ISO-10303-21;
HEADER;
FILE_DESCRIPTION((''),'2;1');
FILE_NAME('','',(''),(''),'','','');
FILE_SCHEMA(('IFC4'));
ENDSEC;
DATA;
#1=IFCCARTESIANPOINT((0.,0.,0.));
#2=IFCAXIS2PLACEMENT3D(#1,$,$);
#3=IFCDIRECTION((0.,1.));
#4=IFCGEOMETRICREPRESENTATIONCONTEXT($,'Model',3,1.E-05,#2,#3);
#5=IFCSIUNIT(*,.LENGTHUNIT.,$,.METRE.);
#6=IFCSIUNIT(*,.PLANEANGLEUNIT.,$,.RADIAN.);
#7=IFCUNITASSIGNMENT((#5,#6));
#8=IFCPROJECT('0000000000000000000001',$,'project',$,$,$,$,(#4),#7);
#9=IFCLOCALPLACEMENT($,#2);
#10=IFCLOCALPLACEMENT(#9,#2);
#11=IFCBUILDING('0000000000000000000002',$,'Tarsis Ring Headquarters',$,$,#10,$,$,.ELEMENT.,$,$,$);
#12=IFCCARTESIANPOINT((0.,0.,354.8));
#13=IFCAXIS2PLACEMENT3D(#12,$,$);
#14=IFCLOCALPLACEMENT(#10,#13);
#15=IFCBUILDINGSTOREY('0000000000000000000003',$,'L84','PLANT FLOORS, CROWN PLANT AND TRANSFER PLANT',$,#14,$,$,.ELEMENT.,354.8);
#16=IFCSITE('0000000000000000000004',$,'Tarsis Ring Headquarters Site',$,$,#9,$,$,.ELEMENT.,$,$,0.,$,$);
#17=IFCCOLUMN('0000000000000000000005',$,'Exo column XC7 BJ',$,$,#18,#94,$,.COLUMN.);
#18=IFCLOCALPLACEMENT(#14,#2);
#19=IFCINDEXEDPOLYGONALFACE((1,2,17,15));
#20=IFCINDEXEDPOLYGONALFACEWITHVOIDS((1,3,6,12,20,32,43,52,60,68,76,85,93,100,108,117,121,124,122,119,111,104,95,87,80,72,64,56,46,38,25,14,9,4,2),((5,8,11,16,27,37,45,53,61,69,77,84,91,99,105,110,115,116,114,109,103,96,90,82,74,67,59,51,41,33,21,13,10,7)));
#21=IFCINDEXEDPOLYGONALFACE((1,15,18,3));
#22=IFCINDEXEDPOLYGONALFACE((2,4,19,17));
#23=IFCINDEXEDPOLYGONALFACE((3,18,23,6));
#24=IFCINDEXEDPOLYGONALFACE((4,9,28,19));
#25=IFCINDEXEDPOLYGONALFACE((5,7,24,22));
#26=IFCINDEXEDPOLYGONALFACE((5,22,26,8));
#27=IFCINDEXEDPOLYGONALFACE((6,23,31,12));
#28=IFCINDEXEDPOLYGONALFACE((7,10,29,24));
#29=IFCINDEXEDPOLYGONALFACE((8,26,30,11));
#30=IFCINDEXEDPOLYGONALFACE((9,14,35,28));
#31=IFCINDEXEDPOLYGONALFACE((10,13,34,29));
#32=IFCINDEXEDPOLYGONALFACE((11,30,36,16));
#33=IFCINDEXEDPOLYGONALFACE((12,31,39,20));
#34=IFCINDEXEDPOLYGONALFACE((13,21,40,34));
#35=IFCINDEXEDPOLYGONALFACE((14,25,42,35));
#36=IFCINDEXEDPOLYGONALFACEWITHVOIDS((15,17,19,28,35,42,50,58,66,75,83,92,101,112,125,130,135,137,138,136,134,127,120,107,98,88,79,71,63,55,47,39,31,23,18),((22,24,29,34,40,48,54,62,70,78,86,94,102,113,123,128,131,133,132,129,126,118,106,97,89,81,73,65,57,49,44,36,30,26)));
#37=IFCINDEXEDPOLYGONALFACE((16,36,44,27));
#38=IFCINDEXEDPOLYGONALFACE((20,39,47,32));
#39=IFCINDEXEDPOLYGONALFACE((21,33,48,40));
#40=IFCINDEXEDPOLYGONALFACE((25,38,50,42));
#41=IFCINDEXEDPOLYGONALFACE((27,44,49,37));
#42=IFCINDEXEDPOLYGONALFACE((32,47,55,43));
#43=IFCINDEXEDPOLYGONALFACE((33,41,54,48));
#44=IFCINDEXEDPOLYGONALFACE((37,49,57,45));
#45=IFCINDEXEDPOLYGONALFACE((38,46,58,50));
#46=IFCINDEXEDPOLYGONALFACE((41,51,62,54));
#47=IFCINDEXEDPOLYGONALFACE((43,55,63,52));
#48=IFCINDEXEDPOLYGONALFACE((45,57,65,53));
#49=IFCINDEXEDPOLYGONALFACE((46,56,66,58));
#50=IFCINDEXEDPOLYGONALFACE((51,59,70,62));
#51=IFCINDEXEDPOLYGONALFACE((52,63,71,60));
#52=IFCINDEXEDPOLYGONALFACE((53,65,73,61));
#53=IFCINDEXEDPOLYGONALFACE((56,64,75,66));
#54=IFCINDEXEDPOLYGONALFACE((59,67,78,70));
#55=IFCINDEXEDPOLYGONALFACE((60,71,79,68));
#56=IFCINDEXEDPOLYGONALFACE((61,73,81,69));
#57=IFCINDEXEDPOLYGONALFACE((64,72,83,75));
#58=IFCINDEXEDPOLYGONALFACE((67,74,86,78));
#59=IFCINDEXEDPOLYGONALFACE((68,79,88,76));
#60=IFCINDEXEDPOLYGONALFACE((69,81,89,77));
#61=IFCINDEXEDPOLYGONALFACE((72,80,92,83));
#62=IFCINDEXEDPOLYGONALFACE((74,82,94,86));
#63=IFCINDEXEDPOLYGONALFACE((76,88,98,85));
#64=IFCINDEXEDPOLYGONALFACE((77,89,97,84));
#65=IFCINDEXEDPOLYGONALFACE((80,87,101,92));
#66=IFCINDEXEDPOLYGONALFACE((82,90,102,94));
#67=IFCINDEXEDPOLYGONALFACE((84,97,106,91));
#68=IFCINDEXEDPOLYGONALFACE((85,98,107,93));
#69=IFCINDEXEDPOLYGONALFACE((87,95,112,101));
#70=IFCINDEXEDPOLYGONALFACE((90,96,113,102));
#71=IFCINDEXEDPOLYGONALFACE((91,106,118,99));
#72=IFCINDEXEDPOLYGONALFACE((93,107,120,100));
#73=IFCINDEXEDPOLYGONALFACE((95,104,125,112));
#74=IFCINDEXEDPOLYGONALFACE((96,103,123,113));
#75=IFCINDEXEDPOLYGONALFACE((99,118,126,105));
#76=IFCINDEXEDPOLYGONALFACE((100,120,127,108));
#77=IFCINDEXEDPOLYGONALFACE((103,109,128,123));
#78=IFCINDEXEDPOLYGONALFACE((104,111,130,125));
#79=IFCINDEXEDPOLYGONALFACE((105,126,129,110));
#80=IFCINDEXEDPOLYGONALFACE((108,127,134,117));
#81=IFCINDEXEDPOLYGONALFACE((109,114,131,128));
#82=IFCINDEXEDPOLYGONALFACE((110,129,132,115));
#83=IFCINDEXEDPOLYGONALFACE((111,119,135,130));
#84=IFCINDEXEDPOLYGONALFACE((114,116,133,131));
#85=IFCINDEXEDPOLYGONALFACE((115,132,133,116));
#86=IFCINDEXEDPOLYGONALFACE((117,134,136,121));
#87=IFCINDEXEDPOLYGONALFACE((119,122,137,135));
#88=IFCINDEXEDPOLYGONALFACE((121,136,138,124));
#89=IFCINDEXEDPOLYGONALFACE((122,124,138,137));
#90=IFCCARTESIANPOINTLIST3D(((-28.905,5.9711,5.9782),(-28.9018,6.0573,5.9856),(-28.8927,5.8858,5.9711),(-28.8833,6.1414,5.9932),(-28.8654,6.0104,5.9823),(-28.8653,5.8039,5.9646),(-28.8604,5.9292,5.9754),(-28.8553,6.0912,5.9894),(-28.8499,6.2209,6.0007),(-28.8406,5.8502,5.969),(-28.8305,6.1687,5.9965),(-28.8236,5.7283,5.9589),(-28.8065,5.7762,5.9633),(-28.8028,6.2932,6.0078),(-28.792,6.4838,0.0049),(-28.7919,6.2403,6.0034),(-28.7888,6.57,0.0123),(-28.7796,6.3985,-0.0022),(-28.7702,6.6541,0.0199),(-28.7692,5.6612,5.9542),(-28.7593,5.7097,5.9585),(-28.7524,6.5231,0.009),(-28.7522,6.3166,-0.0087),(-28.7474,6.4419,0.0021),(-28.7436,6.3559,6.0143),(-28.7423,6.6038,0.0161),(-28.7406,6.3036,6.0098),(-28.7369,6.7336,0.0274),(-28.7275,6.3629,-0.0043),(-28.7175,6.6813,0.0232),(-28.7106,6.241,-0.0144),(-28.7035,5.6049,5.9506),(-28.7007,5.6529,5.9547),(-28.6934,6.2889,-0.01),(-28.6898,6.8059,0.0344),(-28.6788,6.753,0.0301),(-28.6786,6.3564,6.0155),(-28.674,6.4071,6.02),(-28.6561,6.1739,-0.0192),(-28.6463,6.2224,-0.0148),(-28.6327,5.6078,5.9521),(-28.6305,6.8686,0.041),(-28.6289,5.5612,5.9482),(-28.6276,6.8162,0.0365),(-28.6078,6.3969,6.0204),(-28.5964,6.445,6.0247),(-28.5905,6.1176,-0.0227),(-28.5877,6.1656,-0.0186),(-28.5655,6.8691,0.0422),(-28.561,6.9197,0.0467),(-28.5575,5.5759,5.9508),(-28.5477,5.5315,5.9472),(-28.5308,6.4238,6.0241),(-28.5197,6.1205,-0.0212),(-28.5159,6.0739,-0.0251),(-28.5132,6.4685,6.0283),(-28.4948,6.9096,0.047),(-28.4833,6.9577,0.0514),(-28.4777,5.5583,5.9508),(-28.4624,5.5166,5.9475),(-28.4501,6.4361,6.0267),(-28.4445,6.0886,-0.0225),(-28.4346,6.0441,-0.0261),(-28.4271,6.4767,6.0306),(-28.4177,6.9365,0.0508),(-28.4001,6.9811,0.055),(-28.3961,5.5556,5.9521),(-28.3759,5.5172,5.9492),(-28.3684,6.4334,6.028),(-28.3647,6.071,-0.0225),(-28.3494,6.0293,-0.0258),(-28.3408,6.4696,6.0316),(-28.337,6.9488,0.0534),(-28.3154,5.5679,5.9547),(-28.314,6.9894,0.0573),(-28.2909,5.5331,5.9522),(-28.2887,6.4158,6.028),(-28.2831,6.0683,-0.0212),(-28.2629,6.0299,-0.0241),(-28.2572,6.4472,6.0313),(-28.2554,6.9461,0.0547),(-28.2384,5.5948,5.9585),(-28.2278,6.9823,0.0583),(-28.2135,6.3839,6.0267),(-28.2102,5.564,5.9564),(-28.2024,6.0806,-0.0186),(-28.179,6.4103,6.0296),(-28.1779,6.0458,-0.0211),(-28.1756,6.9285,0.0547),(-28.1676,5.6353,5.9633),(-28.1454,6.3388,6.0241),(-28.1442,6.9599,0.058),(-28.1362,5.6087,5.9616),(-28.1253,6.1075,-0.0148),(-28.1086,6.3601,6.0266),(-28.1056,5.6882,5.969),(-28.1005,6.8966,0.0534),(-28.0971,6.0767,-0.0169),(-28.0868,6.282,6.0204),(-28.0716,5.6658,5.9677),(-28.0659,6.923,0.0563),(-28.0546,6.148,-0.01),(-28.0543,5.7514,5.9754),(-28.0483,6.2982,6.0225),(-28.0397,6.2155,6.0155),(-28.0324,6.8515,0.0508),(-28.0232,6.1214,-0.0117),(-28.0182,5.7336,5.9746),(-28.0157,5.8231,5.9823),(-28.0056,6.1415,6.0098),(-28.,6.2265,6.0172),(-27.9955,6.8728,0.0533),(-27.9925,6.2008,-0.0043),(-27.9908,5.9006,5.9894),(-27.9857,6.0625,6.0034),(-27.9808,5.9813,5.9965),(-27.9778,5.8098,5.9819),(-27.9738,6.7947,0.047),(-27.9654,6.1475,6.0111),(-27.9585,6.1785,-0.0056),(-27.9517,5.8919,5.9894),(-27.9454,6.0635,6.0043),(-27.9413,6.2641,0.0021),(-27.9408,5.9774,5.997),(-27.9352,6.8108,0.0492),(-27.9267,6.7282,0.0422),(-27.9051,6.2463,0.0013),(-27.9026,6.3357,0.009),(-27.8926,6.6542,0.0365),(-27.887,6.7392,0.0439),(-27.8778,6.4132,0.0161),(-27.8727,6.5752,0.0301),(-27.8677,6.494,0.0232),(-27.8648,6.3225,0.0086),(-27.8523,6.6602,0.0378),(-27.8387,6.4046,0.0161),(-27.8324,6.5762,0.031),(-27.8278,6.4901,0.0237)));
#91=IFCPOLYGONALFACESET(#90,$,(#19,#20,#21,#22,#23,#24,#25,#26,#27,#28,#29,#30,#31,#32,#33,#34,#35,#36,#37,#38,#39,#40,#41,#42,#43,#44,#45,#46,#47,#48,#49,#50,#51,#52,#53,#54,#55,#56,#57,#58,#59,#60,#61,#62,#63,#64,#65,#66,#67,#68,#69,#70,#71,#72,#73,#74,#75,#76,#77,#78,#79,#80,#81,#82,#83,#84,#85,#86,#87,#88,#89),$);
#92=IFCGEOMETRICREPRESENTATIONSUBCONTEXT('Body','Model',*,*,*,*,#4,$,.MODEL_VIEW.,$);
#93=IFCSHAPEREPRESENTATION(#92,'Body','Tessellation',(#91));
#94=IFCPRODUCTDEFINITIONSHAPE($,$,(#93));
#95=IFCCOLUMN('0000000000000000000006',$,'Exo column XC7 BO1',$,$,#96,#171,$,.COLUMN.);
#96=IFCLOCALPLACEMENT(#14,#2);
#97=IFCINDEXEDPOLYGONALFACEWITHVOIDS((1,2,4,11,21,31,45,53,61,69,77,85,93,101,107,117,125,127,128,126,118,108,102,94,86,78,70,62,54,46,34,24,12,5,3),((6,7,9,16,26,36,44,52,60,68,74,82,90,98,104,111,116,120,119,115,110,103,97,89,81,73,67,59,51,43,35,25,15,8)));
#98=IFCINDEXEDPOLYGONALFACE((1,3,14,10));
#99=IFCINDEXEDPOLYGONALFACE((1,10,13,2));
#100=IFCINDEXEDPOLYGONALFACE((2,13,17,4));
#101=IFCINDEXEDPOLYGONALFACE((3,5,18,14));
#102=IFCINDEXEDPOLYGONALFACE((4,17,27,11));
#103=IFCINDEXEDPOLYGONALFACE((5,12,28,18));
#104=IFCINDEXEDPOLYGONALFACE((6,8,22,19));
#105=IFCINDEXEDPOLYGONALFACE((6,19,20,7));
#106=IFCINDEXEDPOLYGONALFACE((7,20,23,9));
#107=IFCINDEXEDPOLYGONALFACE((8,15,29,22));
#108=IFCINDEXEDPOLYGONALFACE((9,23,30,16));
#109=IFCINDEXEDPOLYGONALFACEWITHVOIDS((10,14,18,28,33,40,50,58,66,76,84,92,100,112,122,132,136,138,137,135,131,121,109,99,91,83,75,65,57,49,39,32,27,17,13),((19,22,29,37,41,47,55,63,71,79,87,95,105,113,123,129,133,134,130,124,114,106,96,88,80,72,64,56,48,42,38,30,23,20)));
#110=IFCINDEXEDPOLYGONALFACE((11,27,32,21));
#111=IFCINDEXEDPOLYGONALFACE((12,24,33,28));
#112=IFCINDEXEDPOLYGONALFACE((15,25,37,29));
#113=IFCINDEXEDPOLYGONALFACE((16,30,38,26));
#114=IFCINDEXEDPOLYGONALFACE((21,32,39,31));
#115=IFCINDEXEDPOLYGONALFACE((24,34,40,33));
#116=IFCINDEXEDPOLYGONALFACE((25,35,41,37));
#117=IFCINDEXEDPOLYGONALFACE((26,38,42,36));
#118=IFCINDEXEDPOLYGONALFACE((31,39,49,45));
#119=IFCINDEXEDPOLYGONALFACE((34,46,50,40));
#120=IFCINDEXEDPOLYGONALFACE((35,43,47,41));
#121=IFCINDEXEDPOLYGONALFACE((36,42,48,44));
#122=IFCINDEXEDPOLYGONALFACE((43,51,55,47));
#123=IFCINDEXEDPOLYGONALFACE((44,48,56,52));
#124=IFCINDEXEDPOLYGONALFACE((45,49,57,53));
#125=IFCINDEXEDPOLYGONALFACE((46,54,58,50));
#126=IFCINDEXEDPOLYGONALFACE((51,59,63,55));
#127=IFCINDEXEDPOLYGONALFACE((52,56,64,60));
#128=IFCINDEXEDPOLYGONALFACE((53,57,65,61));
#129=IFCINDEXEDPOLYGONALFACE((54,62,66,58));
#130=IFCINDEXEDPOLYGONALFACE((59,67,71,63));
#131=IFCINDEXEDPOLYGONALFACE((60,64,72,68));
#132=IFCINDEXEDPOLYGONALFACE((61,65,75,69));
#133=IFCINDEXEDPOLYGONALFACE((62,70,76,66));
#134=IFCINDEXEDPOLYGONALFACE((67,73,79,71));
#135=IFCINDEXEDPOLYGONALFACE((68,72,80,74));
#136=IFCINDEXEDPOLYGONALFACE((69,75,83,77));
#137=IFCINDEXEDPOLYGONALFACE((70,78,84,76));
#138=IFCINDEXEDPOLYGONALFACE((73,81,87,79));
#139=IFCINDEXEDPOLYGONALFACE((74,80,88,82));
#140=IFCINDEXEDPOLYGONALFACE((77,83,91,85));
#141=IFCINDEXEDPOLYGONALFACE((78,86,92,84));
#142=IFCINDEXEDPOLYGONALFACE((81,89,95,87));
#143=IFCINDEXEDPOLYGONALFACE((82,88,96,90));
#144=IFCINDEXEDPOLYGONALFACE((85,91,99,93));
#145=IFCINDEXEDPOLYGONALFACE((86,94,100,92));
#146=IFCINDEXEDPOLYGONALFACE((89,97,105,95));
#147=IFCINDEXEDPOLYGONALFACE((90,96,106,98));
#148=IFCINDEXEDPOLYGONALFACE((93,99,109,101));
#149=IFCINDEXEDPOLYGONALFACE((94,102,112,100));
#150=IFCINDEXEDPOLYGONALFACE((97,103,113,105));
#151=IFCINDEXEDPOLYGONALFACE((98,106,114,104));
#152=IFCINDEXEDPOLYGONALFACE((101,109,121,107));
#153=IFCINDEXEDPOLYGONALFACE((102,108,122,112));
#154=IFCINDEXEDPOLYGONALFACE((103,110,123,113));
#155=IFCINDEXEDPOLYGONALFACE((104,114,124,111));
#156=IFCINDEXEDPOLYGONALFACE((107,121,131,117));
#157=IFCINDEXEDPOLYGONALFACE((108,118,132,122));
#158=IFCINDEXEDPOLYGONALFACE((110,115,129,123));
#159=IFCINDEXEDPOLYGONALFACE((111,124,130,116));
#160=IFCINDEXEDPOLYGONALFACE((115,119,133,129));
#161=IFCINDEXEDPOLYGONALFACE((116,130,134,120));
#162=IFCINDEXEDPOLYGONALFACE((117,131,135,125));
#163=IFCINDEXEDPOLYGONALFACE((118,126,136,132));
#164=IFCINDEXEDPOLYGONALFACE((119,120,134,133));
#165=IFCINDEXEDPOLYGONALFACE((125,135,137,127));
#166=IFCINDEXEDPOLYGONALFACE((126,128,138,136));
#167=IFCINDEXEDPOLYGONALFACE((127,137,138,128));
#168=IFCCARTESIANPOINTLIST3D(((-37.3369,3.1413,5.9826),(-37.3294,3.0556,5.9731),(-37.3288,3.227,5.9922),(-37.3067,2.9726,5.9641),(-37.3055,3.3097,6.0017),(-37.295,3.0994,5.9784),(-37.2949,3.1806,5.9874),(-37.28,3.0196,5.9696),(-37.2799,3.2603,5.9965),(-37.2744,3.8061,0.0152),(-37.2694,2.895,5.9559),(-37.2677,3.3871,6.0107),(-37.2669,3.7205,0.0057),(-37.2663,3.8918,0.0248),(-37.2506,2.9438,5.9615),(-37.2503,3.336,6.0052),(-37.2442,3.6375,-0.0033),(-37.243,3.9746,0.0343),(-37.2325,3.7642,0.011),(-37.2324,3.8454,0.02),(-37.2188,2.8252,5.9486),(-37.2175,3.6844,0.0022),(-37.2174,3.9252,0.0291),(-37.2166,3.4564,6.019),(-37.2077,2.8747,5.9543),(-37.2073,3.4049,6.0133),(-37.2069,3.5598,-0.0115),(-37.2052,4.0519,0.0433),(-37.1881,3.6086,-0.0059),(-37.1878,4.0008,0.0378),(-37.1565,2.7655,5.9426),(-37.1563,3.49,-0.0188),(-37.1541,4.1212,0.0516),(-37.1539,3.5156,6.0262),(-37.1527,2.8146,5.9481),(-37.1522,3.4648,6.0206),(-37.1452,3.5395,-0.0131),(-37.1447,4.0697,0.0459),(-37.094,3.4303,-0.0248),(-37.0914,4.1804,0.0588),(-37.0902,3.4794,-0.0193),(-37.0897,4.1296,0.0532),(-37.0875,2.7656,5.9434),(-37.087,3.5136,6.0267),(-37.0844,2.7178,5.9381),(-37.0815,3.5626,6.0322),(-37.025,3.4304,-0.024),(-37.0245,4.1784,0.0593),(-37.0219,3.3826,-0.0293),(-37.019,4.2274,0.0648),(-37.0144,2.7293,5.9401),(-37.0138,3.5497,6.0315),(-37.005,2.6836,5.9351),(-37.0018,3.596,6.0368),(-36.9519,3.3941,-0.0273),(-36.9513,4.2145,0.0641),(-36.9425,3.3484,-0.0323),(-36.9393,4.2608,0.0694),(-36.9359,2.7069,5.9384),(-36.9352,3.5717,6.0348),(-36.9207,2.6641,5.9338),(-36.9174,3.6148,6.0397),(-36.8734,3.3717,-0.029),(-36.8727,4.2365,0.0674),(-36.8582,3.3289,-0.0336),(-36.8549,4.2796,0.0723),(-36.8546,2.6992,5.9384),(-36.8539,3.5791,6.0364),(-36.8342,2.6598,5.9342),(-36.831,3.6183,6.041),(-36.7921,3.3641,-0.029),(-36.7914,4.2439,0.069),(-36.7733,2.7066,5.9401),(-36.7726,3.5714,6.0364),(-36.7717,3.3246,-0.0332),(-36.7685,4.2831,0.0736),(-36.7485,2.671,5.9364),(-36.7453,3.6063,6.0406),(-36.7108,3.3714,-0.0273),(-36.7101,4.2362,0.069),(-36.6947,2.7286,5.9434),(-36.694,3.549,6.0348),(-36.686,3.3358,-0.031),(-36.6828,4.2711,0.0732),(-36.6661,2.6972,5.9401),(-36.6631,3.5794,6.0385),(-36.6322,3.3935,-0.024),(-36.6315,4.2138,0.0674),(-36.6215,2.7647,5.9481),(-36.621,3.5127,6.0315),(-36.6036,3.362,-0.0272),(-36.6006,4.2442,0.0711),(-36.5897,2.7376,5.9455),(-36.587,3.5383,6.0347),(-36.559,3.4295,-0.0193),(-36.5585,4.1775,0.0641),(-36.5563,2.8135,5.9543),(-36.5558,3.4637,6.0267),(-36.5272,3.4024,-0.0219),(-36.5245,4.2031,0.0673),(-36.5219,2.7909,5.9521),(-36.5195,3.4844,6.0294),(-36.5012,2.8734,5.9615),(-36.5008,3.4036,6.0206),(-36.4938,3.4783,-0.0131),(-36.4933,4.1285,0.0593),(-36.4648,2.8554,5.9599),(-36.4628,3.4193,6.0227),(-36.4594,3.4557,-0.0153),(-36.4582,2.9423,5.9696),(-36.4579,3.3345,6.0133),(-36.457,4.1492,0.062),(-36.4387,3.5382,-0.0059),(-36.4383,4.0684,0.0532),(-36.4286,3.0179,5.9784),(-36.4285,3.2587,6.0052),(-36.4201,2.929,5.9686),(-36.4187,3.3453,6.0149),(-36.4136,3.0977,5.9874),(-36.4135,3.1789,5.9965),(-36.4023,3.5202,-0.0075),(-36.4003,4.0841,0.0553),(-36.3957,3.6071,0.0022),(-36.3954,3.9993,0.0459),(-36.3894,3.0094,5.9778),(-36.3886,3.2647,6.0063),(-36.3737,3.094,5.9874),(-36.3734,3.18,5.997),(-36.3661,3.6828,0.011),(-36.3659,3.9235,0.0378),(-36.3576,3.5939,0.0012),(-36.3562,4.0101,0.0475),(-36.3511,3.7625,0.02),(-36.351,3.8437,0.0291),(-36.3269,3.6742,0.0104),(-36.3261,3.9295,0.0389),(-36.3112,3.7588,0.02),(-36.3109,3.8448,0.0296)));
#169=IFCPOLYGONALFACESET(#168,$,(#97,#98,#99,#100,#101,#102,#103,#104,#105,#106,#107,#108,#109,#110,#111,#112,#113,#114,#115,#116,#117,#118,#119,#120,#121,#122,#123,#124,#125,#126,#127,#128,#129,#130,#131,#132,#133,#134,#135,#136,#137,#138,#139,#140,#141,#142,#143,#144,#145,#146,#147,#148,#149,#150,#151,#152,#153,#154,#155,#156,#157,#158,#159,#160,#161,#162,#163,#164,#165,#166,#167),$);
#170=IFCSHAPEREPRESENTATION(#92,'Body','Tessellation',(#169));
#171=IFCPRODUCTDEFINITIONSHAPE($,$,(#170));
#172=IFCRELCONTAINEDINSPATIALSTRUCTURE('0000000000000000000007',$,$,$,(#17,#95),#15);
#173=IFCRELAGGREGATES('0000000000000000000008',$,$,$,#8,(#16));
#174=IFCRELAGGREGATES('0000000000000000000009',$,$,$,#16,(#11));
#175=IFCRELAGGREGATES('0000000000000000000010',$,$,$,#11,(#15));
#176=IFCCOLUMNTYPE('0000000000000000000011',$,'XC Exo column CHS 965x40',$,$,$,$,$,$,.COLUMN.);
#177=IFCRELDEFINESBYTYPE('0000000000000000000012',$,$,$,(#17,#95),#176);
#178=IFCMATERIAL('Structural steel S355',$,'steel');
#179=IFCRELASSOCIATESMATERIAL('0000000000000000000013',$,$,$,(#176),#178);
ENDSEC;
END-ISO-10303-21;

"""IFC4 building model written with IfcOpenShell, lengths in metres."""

from ifc_helpers import new_model, si_unit, direction, frame, origin, origin_2d, place, context, subcontext, project, spatial, hollow_circle, extrude, material, material_profile, profile_set, type_object, element, save


model = new_model("IFC4")

# Units and contexts
model_context = context("Model", 3, precision=1e-05, world=origin(), true_north=direction((0.0, 1.0)))
body_context = subcontext(model_context, "Body", "Model", "MODEL_VIEW")
ifc_project = project(units=[si_unit("LENGTHUNIT", "METRE"), si_unit("PLANEANGLEUNIT", "RADIAN")], contexts=[model_context])

# Site, building, storey
site_placement = place(None, origin())
site = spatial("IfcSite", under=ifc_project, at=site_placement, Name="Tarsis Ring Headquarters Site", CompositionType="ELEMENT", RefElevation=0.0)
building_placement = place(site_placement, origin())
building = spatial("IfcBuilding", under=site, at=building_placement, Name="Tarsis Ring Headquarters", CompositionType="ELEMENT")
storey_placement = place(building_placement, frame((0.0, 0.0, 354.8)))
storey = spatial("IfcBuildingStorey", under=building, at=storey_placement, Name="L84", Description="PLANT FLOORS, CROWN PLANT AND TRANSFER PLANT", CompositionType="ELEMENT", Elevation=354.8)

# Columns
ifc_material_1 = material(Name="Structural steel S355", Category="steel")
ifc_material_profile_1 = material_profile(ifc_material_1, hollow_circle(Radius=0.4827, WallThickness=0.04, at=origin_2d()), Name="CHS 965x40")
ifc_profile_set_1 = profile_set([ifc_material_profile_1], Name="Structural steel S355")
column_type = type_object("IfcColumnType", Name="XC Exo column CHS 965x40", PredefinedType="COLUMN", material=ifc_profile_set_1)
column_1_placement = place(storey_placement, frame((-28.3101, 6.5085, 0.0161), z_axis=(-0.018851, -0.0855, 0.99616), x_axis=(0.976547, -0.215305, 0.0)))
element("IfcColumn", 1, at=column_1_placement, inside=storey, type_object=column_type, Name="Exo column XC7 BJ", PredefinedType="COLUMN", context=body_context, shape_type="SweptSolid", body=[
    extrude(hollow_circle(Radius=0.4827, WallThickness=0.04, at=origin_2d()), origin(), (0.0, 0.0, 1.0), 5.9963),
])
column_2_placement = place(storey_placement, frame((-36.7917, 3.804, 0.02), z_axis=(-0.010409, -0.110716, 0.993798), x_axis=(0.99561, -0.093601, 0.0)))
element("IfcColumn", 2, at=column_2_placement, inside=storey, type_object=column_type, Name="Exo column XC7 BO1", PredefinedType="COLUMN", context=body_context, shape_type="SweptSolid", body=[
    extrude(hollow_circle(Radius=0.4827, WallThickness=0.04, at=origin_2d()), origin(), (0.0, 0.0, 1.0), 6.0046),
])

save(model, "model.ifc")
